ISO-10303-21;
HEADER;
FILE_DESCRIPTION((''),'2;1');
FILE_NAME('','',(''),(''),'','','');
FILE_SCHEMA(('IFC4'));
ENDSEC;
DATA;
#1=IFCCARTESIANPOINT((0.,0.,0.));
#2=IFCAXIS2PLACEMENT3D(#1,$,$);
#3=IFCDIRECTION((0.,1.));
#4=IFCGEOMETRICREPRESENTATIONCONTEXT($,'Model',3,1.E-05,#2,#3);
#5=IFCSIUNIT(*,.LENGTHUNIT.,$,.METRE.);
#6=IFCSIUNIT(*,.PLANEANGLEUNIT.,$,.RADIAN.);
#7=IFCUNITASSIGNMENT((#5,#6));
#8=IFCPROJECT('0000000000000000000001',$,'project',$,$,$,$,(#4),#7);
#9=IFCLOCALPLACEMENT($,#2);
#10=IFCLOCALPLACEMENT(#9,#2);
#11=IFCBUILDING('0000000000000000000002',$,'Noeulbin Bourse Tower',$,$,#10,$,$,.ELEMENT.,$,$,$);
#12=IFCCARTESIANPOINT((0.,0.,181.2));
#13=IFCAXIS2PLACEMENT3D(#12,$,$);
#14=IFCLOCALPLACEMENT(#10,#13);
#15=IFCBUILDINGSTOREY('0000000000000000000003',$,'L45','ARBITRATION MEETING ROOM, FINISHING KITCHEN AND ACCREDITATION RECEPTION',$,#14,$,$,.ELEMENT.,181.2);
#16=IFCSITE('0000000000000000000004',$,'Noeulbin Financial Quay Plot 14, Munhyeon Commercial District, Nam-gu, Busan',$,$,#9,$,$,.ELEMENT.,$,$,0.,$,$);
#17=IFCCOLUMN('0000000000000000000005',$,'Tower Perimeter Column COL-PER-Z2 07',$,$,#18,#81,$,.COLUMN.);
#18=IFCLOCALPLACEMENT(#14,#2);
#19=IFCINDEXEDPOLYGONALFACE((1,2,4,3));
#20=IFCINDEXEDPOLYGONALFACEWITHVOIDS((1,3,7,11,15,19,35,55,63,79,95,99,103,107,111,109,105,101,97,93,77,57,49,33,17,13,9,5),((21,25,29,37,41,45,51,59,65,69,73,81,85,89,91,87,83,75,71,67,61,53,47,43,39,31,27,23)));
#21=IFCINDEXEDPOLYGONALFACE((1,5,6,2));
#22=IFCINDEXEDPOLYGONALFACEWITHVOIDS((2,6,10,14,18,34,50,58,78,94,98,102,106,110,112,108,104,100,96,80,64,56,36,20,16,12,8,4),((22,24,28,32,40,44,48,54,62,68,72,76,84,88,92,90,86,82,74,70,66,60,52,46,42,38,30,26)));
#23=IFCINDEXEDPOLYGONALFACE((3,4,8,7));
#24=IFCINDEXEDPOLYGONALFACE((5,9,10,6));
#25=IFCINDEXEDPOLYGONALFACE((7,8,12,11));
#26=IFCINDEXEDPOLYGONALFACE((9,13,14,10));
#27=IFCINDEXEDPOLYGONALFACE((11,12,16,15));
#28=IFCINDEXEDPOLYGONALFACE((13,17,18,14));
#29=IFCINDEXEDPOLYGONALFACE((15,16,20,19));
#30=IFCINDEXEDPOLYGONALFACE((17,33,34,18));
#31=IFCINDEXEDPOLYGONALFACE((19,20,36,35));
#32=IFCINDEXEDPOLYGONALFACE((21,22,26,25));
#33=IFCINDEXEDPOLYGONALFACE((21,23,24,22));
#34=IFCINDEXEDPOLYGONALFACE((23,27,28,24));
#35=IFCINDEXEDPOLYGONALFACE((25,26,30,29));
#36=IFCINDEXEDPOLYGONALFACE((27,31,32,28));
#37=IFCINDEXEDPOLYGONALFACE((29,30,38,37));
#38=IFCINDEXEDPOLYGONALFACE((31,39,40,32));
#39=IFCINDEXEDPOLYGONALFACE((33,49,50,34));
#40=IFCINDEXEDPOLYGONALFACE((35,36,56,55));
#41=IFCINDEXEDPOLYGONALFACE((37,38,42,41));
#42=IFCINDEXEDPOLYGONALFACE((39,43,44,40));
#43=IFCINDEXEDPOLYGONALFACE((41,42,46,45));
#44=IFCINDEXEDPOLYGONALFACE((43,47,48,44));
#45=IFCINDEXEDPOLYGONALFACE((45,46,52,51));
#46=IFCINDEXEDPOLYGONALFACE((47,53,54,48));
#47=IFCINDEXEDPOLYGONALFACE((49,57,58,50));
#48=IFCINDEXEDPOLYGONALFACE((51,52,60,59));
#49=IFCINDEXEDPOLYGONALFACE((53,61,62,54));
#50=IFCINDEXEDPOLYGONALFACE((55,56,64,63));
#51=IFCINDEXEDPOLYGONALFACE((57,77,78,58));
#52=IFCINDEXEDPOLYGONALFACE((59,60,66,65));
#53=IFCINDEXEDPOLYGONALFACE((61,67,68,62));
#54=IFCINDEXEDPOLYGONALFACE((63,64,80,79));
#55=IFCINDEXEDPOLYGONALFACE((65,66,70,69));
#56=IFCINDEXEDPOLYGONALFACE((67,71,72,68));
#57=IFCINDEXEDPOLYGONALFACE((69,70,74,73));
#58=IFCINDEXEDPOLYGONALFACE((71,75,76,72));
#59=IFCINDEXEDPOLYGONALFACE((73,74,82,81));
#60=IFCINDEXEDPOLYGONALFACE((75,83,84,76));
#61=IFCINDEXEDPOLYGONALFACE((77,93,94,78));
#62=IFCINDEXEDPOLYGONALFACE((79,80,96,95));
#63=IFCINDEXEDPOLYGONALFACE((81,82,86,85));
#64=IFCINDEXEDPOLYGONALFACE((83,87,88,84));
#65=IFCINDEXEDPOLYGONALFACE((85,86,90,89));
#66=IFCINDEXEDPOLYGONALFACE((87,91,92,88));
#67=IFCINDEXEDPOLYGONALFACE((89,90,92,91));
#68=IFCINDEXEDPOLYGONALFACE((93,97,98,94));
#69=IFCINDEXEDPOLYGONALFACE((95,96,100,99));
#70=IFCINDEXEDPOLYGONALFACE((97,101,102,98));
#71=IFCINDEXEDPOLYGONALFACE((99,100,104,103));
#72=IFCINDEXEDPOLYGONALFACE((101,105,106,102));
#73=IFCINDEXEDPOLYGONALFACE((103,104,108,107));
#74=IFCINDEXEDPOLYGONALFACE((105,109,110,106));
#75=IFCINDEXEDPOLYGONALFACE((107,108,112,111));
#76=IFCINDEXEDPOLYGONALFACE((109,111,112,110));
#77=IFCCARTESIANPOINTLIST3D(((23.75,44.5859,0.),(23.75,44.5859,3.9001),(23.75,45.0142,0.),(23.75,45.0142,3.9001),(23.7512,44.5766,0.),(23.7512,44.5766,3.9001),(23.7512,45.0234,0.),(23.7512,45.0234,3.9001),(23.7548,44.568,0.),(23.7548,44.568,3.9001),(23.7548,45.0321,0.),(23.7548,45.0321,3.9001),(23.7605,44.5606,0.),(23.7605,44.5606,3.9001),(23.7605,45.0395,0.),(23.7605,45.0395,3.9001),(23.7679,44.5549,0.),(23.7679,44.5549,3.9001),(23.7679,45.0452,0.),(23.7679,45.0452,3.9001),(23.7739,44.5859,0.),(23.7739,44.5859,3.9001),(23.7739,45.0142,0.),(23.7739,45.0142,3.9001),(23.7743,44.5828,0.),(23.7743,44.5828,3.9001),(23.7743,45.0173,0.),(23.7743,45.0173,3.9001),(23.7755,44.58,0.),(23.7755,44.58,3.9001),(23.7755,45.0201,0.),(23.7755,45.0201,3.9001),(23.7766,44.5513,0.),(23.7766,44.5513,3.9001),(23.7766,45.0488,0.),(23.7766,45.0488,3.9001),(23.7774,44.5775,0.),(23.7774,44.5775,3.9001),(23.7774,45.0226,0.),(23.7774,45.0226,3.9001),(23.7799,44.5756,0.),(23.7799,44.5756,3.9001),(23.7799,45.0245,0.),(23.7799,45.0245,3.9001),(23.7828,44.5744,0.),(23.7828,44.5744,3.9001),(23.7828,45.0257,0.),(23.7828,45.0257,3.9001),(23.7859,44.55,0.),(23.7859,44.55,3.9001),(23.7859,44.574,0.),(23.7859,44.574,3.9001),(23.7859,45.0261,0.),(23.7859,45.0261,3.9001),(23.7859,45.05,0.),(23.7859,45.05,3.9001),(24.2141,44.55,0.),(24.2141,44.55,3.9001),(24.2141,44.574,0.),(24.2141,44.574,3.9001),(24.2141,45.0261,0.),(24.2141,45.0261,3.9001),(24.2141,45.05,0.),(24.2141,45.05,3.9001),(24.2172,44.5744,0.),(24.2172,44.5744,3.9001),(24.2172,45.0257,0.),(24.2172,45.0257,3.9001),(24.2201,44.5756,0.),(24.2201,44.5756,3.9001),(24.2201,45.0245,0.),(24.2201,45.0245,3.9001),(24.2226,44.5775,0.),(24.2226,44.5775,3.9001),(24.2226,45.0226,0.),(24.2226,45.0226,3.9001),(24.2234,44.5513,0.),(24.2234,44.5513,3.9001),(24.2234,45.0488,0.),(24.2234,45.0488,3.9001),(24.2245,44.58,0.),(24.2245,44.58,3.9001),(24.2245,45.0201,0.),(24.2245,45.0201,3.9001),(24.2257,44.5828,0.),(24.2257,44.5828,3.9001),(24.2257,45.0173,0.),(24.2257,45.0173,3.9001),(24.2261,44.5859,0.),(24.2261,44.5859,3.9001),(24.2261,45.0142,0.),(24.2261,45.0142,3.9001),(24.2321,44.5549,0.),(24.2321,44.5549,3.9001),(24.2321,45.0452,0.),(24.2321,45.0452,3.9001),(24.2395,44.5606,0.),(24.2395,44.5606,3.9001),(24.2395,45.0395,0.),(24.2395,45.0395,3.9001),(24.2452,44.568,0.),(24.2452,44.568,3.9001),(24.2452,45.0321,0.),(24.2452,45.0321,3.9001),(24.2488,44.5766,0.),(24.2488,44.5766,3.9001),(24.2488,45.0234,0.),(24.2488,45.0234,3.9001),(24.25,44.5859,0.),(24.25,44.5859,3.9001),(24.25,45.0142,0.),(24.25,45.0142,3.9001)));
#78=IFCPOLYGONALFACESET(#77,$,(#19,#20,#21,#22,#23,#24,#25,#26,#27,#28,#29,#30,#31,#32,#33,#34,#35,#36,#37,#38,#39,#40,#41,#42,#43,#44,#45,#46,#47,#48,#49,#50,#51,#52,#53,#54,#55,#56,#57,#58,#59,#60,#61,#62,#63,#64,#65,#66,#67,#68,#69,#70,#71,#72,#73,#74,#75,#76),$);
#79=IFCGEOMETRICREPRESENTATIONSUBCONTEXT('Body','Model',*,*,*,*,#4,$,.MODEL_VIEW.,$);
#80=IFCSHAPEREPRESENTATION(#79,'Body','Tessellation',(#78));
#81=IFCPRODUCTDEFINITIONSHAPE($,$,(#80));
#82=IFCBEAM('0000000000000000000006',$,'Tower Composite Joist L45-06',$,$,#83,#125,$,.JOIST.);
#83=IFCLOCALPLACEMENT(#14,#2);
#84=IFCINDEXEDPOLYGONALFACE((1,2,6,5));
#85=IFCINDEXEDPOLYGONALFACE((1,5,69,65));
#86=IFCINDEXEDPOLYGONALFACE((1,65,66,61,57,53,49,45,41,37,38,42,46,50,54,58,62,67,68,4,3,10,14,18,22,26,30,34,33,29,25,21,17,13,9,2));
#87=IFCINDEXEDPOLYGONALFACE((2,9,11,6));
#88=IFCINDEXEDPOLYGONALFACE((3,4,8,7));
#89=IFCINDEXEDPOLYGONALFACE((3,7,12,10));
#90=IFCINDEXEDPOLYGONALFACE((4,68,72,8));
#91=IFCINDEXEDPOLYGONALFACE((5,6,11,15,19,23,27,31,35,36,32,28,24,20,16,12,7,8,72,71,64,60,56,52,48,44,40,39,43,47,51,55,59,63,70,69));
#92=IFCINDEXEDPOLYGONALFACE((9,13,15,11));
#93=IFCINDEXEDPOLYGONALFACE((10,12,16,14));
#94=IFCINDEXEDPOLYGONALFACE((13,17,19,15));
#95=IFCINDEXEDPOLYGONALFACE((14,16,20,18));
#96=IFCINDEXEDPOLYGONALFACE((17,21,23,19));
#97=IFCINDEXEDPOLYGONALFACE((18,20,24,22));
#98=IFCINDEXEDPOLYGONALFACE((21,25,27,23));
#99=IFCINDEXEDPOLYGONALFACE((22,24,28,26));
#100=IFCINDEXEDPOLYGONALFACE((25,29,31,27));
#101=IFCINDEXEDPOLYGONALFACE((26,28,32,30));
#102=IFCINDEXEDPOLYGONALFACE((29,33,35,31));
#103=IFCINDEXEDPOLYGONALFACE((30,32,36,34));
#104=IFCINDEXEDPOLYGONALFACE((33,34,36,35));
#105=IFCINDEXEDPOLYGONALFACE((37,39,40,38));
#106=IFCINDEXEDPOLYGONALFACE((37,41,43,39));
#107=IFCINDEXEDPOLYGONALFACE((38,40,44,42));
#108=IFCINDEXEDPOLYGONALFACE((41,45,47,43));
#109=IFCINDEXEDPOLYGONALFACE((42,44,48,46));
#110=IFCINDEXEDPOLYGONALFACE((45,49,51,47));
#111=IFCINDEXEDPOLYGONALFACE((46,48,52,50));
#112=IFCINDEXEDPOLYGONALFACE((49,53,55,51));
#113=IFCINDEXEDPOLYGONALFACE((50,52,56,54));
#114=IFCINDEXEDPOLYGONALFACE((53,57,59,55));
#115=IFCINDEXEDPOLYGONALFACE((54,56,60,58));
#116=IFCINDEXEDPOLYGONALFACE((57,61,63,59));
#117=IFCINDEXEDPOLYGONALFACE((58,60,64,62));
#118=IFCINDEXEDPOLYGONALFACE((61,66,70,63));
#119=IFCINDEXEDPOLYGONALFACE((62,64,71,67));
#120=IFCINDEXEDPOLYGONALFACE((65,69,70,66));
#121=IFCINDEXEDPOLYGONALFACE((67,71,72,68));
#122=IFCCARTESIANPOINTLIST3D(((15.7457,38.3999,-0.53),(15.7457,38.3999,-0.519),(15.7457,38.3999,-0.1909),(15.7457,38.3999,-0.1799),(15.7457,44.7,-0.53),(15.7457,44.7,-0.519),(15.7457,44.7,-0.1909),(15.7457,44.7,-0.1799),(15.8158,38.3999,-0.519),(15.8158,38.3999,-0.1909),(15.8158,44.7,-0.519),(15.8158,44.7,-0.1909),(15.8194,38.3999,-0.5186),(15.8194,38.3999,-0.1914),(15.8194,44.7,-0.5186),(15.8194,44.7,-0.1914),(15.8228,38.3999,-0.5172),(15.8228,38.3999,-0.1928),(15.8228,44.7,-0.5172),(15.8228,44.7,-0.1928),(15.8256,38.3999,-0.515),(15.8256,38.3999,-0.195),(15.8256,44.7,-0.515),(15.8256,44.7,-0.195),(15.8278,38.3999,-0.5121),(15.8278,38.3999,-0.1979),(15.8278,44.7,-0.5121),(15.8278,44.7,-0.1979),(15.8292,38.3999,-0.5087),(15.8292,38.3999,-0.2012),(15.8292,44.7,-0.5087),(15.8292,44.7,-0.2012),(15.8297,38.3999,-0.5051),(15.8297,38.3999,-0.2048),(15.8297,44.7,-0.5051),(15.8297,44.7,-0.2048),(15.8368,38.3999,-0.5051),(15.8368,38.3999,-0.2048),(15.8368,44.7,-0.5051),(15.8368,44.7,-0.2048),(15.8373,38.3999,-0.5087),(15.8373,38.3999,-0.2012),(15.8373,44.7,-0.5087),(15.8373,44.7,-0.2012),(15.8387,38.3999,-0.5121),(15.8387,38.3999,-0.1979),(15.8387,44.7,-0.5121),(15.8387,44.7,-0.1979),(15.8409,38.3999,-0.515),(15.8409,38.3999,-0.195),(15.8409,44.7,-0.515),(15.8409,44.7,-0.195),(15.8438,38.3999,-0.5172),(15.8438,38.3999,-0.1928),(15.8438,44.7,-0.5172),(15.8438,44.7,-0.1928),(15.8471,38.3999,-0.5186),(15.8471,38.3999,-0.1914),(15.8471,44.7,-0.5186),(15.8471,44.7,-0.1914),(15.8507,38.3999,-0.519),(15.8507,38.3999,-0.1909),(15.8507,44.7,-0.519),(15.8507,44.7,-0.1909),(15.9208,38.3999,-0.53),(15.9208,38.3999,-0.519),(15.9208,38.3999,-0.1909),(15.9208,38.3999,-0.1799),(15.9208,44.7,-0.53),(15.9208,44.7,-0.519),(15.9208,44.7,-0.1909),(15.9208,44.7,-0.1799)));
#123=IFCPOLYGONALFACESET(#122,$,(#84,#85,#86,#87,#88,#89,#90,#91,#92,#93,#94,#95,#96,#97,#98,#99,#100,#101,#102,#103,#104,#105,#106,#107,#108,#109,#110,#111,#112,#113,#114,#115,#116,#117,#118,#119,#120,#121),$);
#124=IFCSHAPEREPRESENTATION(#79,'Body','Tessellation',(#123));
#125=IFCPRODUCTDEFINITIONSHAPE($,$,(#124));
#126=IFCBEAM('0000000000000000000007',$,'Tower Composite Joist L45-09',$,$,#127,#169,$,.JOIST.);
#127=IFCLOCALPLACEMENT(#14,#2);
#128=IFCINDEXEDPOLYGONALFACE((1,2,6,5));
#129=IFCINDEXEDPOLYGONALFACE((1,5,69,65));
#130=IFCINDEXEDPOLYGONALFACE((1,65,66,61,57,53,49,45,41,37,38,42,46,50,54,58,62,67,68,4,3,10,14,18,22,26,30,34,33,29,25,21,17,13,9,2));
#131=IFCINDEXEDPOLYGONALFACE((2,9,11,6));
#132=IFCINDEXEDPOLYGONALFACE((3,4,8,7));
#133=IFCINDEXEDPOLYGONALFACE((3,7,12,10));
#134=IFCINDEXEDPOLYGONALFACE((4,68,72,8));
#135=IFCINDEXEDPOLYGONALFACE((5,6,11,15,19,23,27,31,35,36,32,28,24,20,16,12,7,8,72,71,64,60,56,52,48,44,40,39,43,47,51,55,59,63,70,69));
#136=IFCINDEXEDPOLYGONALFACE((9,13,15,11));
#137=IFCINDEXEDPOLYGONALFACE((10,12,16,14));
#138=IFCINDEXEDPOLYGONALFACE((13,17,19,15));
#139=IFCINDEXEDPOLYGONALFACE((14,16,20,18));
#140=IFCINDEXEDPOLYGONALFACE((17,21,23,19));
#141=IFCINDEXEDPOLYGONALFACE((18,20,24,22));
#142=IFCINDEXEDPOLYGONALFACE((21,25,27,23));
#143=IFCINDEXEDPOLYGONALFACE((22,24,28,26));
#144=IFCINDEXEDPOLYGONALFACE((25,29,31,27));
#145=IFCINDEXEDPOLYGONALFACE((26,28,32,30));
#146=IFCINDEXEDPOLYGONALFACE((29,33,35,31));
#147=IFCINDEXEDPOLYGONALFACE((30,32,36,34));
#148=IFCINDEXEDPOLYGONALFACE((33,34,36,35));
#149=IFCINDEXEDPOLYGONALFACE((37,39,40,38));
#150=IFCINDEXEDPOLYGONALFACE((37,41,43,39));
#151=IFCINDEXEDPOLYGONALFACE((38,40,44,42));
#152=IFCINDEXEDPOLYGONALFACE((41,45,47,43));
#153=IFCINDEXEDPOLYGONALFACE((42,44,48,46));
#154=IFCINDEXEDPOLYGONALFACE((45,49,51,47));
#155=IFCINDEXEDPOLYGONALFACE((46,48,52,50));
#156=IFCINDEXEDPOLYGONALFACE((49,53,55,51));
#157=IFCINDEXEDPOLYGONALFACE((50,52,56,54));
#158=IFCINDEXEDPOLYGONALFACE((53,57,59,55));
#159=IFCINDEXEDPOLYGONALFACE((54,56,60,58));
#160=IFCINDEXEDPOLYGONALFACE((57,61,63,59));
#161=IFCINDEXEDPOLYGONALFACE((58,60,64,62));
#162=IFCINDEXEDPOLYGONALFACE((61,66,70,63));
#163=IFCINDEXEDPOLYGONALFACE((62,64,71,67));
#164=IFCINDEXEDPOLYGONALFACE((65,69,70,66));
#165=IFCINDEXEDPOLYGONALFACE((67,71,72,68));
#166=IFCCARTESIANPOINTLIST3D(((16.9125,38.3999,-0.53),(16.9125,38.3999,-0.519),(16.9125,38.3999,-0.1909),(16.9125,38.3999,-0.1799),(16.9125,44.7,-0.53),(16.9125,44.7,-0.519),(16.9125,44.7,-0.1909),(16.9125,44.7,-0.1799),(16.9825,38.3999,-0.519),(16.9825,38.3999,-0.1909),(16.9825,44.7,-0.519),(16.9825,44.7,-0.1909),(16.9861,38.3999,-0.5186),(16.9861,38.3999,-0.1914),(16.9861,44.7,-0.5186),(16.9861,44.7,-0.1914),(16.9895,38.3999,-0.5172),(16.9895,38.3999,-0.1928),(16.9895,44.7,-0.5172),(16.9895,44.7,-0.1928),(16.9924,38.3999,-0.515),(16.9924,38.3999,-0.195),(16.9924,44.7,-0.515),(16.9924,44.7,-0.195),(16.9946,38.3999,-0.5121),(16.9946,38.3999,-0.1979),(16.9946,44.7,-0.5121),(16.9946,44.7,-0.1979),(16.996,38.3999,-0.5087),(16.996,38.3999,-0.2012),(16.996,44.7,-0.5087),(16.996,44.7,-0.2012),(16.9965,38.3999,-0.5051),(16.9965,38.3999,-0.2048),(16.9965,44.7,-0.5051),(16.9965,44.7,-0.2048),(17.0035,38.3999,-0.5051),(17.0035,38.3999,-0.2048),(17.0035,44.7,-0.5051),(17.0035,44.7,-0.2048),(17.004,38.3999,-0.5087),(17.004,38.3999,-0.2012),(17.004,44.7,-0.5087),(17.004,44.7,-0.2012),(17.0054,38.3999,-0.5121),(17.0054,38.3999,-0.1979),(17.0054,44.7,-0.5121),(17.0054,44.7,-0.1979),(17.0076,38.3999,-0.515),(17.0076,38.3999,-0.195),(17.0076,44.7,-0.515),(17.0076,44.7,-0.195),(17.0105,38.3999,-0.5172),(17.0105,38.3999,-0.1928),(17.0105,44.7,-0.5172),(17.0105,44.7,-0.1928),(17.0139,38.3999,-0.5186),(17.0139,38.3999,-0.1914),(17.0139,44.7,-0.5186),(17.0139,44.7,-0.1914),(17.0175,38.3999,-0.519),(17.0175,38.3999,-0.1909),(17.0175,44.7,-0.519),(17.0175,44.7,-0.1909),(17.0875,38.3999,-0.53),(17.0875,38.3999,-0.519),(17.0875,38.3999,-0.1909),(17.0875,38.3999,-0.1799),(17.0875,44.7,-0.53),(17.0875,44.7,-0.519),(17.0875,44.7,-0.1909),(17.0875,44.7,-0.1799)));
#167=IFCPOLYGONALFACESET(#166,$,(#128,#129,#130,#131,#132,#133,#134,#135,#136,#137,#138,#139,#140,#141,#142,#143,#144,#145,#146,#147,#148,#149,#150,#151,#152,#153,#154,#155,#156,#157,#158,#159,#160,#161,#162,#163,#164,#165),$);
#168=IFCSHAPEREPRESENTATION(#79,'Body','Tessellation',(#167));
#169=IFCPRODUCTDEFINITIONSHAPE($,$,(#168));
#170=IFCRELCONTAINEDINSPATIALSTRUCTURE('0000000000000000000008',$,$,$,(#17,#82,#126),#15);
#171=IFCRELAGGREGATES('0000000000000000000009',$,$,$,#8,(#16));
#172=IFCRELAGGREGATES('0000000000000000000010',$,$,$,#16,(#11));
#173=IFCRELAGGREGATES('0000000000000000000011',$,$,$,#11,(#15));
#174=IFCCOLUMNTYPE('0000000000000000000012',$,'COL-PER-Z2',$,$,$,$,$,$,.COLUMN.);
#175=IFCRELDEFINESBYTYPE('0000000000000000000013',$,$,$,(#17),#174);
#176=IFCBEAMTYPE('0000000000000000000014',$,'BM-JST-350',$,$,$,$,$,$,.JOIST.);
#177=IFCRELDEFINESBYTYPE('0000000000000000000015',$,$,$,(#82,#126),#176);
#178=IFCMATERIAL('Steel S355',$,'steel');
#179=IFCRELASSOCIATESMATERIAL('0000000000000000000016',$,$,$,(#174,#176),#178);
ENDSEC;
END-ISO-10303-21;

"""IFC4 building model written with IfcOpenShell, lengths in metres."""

from ifc_helpers import new_model, si_unit, direction, frame, origin, origin_2d, place, context, subcontext, project, spatial, hollow_rectangle, i_section, extrude, material, material_profile, profile_set, type_object, element, save


model = new_model("IFC4")

# Units and contexts
model_context = context("Model", 3, precision=1e-05, world=origin(), true_north=direction((0.0, 1.0)))
body_context = subcontext(model_context, "Body", "Model", "MODEL_VIEW")
ifc_project = project(units=[si_unit("LENGTHUNIT", "METRE"), si_unit("PLANEANGLEUNIT", "RADIAN")], contexts=[model_context])

# Site, building, storey
site_placement = place(None, origin())
site = spatial("IfcSite", under=ifc_project, at=site_placement, Name="Noeulbin Financial Quay Plot 14, Munhyeon Commercial District, Nam-gu, Busan", CompositionType="ELEMENT", RefElevation=0.0)
building_placement = place(site_placement, origin())
building = spatial("IfcBuilding", under=site, at=building_placement, Name="Noeulbin Bourse Tower", CompositionType="ELEMENT")
storey_placement = place(building_placement, frame((0.0, 0.0, 181.2)))
storey = spatial("IfcBuildingStorey", under=building, at=storey_placement, Name="L45", Description="ARBITRATION MEETING ROOM, FINISHING KITCHEN AND ACCREDITATION RECEPTION", CompositionType="ELEMENT", Elevation=181.2)

# Column
ifc_material_1 = material(Name="Steel S355", Category="steel")
ifc_material_profile_1 = material_profile(ifc_material_1, hollow_rectangle(XDim=0.5, YDim=0.5, WallThickness=0.0239, InnerFilletRadius=0.012, OuterFilletRadius=0.0359, at=origin_2d()), Name="BOX-500x500x24", Category="LoadBearing")
ifc_profile_set_1 = profile_set([ifc_material_profile_1], Name="Steel S355")
column_type = type_object("IfcColumnType", Name="COL-PER-Z2", PredefinedType="COLUMN", material=ifc_profile_set_1)
column_placement = place(storey_placement, frame((24.0, 44.8, 0.0), z_axis=(0.0, 0.0, 1.0), x_axis=(1.0, 0.0, 0.0)))
element("IfcColumn", 1, at=column_placement, inside=storey, type_object=column_type, Name="Tower Perimeter Column COL-PER-Z2 07", PredefinedType="COLUMN", context=body_context, shape_type="SweptSolid", body=[
    extrude(hollow_rectangle(XDim=0.5, YDim=0.5, WallThickness=0.0239, InnerFilletRadius=0.012, OuterFilletRadius=0.0359, at=origin_2d()), origin(), (0.0, 0.0, 1.0), 3.9001),
])

# Beams
ifc_material_profile_2 = material_profile(ifc_material_1, i_section(OverallWidth=0.175, OverallDepth=0.3501, WebThickness=0.0071, FlangeThickness=0.011, FilletRadius=0.0139, at=origin_2d()), Name="H-350x175x7x11", Category="LoadBearing")
ifc_profile_set_2 = profile_set([ifc_material_profile_2], Name="Steel S355")
beam_type_1 = type_object("IfcBeamType", Name="BM-JST-350", PredefinedType="JOIST", material=ifc_profile_set_2)
for number, where, z_axis, x_axis, name in (
    (2, (15.8333, 38.3999, -0.355), (0.0, 1.0, 0.0), (-1.0, 0.0, 0.0), "Tower Composite Joist L45-06"),
    (3, (17.0, 38.3999, -0.355), (0.0, 1.0, 0.0), (-1.0, 0.0, 0.0), "Tower Composite Joist L45-09"),
):
    element("IfcBeam", number, at=place(storey_placement, frame(where, z_axis=z_axis, x_axis=x_axis)), inside=storey, type_object=beam_type_1, Name=name, PredefinedType="JOIST", context=body_context, shape_type="SweptSolid", body=[
        extrude(i_section(OverallWidth=0.175, OverallDepth=0.3501, WebThickness=0.0071, FlangeThickness=0.011, FilletRadius=0.0139, at=origin_2d()), origin(), (0.0, 0.0, 1.0), 6.3),
    ])

save(model, "model.ifc")
